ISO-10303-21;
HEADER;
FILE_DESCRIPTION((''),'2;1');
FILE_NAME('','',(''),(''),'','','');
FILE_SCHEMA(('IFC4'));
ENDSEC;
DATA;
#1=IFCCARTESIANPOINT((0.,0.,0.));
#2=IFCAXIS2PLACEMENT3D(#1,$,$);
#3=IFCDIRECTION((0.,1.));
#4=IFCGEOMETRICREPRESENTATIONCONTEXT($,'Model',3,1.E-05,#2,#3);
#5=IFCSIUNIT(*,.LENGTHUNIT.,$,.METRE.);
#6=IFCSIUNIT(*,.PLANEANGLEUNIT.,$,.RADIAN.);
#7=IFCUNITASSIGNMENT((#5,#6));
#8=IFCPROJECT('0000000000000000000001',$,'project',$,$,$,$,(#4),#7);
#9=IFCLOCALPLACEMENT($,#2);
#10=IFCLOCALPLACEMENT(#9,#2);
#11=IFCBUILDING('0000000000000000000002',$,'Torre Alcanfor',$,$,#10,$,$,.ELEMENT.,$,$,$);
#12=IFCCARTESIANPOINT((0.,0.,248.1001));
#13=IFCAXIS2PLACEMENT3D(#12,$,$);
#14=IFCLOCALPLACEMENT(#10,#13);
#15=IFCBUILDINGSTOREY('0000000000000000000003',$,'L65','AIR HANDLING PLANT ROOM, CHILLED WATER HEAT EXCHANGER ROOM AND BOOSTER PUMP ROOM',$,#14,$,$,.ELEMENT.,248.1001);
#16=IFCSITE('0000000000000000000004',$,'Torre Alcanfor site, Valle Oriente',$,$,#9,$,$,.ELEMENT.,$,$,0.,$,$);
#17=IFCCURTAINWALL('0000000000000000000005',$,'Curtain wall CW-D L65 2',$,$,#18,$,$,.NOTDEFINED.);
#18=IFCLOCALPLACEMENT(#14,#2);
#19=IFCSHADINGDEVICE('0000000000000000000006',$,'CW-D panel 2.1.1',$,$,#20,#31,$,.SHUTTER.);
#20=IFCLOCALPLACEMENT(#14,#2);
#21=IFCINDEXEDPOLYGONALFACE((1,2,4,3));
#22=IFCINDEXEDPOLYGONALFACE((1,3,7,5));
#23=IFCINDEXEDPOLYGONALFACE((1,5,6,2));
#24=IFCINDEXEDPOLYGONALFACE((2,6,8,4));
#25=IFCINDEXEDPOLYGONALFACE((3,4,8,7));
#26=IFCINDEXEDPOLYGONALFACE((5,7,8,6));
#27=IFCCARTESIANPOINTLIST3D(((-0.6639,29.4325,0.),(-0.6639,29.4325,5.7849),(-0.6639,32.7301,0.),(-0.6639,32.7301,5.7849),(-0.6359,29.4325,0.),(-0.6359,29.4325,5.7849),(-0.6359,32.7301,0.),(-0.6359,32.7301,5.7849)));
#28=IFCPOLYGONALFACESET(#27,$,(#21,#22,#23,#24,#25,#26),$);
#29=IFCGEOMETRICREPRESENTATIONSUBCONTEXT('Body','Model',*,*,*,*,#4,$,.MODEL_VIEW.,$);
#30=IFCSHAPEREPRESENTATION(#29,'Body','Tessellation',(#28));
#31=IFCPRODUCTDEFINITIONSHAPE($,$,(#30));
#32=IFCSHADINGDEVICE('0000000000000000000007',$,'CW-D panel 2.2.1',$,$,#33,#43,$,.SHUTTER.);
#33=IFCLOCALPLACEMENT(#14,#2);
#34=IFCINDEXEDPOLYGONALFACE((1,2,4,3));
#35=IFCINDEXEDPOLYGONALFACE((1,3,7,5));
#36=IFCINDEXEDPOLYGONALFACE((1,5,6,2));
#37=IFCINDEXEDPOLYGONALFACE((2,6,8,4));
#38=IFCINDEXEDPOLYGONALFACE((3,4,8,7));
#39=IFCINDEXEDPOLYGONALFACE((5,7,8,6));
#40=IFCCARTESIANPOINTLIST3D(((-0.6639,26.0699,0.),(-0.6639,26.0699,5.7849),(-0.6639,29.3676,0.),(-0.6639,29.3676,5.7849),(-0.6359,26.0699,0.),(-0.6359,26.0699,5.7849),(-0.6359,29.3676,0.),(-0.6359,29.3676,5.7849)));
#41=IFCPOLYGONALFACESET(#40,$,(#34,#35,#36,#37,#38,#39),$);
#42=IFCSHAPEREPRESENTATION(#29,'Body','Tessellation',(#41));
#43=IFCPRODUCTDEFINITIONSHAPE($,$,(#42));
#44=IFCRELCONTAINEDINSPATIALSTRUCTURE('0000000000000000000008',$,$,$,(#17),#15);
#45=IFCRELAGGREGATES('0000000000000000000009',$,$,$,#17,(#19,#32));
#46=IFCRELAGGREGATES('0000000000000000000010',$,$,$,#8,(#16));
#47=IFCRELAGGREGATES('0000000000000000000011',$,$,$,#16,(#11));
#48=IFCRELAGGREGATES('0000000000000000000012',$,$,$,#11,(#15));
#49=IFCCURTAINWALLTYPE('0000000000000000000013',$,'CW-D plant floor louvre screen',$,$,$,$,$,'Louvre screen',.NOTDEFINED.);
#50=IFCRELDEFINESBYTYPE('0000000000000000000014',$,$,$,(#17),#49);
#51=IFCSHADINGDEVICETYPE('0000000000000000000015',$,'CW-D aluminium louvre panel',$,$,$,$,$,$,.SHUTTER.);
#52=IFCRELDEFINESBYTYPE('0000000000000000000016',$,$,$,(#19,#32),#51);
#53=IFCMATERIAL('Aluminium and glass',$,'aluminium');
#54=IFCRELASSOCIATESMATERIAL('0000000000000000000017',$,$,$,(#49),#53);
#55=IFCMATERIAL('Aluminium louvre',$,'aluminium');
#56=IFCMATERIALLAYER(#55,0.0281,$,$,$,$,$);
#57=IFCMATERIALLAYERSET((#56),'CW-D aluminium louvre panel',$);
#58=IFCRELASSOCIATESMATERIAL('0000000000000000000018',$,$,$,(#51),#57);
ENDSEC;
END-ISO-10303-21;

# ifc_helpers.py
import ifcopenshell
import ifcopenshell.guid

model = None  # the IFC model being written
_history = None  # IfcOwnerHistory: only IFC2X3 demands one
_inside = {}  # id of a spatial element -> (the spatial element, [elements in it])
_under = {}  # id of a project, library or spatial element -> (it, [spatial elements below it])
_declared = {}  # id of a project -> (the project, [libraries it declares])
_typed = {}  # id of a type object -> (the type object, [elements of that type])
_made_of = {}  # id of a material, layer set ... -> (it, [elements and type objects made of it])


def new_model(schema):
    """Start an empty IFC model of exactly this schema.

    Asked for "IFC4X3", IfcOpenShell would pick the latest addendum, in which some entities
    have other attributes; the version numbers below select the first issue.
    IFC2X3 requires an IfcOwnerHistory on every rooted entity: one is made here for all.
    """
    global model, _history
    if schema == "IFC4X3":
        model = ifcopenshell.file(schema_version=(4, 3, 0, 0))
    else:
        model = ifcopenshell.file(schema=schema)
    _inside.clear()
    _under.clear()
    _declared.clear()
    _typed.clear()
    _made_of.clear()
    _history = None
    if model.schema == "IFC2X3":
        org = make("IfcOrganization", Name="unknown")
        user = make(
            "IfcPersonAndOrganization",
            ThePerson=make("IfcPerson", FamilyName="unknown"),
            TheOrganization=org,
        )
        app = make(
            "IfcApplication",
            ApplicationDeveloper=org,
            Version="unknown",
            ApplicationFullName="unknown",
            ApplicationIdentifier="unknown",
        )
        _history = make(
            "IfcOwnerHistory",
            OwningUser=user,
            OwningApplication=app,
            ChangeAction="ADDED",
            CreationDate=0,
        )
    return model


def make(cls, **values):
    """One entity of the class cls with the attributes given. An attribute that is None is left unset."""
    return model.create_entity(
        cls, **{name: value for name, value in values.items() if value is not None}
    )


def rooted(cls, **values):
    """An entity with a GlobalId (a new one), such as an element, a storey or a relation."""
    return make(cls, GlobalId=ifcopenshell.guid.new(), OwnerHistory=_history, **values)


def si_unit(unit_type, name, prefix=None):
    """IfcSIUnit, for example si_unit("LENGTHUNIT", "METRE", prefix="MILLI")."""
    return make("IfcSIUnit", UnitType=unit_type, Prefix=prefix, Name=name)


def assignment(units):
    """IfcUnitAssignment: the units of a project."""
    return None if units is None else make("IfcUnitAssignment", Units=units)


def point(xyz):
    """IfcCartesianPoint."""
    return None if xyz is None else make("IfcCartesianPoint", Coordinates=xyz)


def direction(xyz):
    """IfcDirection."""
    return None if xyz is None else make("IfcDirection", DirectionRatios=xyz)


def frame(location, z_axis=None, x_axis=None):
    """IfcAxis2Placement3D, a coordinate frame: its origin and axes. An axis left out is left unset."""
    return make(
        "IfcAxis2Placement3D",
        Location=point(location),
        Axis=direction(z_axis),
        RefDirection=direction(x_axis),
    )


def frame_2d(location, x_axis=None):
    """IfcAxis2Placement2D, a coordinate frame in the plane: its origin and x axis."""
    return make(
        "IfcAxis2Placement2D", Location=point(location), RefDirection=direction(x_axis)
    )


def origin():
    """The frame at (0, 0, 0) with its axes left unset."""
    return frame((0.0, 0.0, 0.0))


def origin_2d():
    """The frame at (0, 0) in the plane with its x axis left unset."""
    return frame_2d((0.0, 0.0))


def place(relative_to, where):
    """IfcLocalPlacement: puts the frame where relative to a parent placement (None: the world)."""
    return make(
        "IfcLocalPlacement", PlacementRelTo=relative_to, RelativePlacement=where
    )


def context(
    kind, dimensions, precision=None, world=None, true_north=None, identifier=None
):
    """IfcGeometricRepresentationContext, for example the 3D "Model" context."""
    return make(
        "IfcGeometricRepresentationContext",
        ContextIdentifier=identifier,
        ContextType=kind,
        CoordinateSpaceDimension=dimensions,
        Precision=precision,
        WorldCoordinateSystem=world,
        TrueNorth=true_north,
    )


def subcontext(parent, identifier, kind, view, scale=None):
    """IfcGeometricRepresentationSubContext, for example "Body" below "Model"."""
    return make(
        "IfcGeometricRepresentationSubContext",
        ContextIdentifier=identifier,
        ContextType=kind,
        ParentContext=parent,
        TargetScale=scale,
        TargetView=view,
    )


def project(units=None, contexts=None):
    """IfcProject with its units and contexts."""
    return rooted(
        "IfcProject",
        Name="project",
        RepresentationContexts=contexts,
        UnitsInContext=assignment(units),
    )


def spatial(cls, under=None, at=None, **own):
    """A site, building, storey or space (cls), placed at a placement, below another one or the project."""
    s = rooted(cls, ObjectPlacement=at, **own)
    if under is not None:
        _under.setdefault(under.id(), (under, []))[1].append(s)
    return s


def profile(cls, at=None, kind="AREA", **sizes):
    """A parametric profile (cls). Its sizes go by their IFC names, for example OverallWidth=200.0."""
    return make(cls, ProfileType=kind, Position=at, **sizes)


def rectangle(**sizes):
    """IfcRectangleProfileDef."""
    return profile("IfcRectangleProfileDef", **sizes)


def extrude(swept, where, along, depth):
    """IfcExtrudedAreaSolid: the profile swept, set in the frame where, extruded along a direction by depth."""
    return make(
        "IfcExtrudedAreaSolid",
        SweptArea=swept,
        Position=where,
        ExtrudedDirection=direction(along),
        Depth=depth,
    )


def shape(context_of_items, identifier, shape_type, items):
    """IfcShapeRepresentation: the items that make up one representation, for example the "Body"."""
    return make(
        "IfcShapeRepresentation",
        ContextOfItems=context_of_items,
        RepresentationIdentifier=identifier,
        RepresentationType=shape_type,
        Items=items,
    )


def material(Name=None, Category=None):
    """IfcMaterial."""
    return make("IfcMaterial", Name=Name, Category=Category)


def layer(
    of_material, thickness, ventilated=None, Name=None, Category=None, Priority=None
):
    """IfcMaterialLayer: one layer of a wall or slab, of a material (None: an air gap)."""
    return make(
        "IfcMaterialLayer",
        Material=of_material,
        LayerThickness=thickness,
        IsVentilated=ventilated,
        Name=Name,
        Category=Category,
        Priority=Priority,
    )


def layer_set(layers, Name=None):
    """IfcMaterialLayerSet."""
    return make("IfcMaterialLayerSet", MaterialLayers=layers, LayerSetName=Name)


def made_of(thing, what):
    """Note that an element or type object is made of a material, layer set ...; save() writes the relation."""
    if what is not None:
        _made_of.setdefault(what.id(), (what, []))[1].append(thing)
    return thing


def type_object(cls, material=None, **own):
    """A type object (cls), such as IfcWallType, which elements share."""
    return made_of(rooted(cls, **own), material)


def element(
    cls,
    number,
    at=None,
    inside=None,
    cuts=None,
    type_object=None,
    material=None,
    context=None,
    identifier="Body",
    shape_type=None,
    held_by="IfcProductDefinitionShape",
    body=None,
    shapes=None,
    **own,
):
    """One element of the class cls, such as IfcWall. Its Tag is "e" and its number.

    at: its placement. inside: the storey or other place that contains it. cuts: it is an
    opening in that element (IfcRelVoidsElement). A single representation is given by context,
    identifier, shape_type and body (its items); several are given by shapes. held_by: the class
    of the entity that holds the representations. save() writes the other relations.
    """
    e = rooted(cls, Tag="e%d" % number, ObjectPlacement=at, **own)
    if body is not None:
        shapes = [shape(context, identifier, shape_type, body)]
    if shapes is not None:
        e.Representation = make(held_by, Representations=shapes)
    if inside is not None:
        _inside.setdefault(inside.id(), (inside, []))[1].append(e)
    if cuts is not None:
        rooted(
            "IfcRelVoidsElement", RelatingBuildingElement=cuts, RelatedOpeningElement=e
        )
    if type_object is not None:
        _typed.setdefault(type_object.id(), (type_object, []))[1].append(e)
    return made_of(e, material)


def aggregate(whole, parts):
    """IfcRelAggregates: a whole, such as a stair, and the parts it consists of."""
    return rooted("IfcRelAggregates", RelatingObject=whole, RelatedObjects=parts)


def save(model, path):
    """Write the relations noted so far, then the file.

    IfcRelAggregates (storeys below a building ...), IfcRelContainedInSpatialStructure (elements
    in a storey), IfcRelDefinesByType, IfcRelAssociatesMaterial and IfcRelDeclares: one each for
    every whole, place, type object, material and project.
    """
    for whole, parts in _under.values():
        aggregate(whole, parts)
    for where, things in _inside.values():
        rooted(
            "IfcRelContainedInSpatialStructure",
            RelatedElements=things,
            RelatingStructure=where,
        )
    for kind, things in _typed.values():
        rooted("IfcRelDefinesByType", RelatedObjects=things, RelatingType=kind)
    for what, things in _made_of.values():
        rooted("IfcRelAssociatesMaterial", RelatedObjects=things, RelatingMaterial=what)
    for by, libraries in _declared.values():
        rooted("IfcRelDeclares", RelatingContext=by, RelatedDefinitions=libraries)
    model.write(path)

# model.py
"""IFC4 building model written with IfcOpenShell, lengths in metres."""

from ifc_helpers import new_model, si_unit, direction, frame, origin, origin_2d, place, context, subcontext, project, spatial, rectangle, extrude, material, layer, layer_set, type_object, element, aggregate, save


model = new_model("IFC4")

# Units and contexts
model_context = context("Model", 3, precision=1e-05, world=origin(), true_north=direction((0.0, 1.0)))
body_context = subcontext(model_context, "Body", "Model", "MODEL_VIEW")
ifc_project = project(units=[si_unit("LENGTHUNIT", "METRE"), si_unit("PLANEANGLEUNIT", "RADIAN")], contexts=[model_context])

# Site, building, storey
site_placement = place(None, origin())
site = spatial("IfcSite", under=ifc_project, at=site_placement, Name="Torre Alcanfor site, Valle Oriente", CompositionType="ELEMENT", RefElevation=0.0)
building_placement = place(site_placement, origin())
building = spatial("IfcBuilding", under=site, at=building_placement, Name="Torre Alcanfor", CompositionType="ELEMENT")
storey_placement = place(building_placement, frame((0.0, 0.0, 248.1001)))
storey = spatial("IfcBuildingStorey", under=building, at=storey_placement, Name="L65", Description="AIR HANDLING PLANT ROOM, CHILLED WATER HEAT EXCHANGER ROOM AND BOOSTER PUMP ROOM", CompositionType="ELEMENT", Elevation=248.1001)

# Curtain wall
ifc_material_1 = material(Name="Aluminium and glass", Category="aluminium")
curtain_wall_type = type_object("IfcCurtainWallType", Name="CW-D plant floor louvre screen", ElementType="Louvre screen", PredefinedType="NOTDEFINED", material=ifc_material_1)
curtain_wall_placement = place(storey_placement, origin())
curtain_wall = element("IfcCurtainWall", 1, at=curtain_wall_placement, inside=storey, type_object=curtain_wall_type, Name="Curtain wall CW-D L65 2", PredefinedType="NOTDEFINED")

# Shading devices
ifc_material_2 = material(Name="Aluminium louvre", Category="aluminium")
ifc_layer_1 = layer(ifc_material_2, 0.0281)
ifc_layer_set_1 = layer_set([ifc_layer_1], Name="CW-D aluminium louvre panel")
shading_device_type = type_object("IfcShadingDeviceType", Name="CW-D aluminium louvre panel", PredefinedType="SHUTTER", material=ifc_layer_set_1)
shading_device_1_placement = place(storey_placement, frame((-0.6499, 31.0813, 0.0), z_axis=(0.0, 0.0, 1.0), x_axis=(0.0, -1.0, 0.0)))
shading_device_1 = element("IfcShadingDevice", 2, at=shading_device_1_placement, type_object=shading_device_type, Name="CW-D panel 2.1.1", PredefinedType="SHUTTER", context=body_context, shape_type="SweptSolid", body=[
    extrude(rectangle(XDim=3.2976, YDim=0.0281, at=origin_2d()), origin(), (0.0, 0.0, 1.0), 5.7849),
])
shading_device_2_placement = place(storey_placement, frame((-0.6499, 27.7188, 0.0), z_axis=(0.0, 0.0, 1.0), x_axis=(0.0, -1.0, 0.0)))
shading_device_2 = element("IfcShadingDevice", 3, at=shading_device_2_placement, type_object=shading_device_type, Name="CW-D panel 2.2.1", PredefinedType="SHUTTER", context=body_context, shape_type="SweptSolid", body=[
    extrude(rectangle(XDim=3.2976, YDim=0.0281, at=origin_2d()), origin(), (0.0, 0.0, 1.0), 5.7849),
])
aggregate(curtain_wall, [shading_device_1, shading_device_2])

save(model, "model.ifc")
